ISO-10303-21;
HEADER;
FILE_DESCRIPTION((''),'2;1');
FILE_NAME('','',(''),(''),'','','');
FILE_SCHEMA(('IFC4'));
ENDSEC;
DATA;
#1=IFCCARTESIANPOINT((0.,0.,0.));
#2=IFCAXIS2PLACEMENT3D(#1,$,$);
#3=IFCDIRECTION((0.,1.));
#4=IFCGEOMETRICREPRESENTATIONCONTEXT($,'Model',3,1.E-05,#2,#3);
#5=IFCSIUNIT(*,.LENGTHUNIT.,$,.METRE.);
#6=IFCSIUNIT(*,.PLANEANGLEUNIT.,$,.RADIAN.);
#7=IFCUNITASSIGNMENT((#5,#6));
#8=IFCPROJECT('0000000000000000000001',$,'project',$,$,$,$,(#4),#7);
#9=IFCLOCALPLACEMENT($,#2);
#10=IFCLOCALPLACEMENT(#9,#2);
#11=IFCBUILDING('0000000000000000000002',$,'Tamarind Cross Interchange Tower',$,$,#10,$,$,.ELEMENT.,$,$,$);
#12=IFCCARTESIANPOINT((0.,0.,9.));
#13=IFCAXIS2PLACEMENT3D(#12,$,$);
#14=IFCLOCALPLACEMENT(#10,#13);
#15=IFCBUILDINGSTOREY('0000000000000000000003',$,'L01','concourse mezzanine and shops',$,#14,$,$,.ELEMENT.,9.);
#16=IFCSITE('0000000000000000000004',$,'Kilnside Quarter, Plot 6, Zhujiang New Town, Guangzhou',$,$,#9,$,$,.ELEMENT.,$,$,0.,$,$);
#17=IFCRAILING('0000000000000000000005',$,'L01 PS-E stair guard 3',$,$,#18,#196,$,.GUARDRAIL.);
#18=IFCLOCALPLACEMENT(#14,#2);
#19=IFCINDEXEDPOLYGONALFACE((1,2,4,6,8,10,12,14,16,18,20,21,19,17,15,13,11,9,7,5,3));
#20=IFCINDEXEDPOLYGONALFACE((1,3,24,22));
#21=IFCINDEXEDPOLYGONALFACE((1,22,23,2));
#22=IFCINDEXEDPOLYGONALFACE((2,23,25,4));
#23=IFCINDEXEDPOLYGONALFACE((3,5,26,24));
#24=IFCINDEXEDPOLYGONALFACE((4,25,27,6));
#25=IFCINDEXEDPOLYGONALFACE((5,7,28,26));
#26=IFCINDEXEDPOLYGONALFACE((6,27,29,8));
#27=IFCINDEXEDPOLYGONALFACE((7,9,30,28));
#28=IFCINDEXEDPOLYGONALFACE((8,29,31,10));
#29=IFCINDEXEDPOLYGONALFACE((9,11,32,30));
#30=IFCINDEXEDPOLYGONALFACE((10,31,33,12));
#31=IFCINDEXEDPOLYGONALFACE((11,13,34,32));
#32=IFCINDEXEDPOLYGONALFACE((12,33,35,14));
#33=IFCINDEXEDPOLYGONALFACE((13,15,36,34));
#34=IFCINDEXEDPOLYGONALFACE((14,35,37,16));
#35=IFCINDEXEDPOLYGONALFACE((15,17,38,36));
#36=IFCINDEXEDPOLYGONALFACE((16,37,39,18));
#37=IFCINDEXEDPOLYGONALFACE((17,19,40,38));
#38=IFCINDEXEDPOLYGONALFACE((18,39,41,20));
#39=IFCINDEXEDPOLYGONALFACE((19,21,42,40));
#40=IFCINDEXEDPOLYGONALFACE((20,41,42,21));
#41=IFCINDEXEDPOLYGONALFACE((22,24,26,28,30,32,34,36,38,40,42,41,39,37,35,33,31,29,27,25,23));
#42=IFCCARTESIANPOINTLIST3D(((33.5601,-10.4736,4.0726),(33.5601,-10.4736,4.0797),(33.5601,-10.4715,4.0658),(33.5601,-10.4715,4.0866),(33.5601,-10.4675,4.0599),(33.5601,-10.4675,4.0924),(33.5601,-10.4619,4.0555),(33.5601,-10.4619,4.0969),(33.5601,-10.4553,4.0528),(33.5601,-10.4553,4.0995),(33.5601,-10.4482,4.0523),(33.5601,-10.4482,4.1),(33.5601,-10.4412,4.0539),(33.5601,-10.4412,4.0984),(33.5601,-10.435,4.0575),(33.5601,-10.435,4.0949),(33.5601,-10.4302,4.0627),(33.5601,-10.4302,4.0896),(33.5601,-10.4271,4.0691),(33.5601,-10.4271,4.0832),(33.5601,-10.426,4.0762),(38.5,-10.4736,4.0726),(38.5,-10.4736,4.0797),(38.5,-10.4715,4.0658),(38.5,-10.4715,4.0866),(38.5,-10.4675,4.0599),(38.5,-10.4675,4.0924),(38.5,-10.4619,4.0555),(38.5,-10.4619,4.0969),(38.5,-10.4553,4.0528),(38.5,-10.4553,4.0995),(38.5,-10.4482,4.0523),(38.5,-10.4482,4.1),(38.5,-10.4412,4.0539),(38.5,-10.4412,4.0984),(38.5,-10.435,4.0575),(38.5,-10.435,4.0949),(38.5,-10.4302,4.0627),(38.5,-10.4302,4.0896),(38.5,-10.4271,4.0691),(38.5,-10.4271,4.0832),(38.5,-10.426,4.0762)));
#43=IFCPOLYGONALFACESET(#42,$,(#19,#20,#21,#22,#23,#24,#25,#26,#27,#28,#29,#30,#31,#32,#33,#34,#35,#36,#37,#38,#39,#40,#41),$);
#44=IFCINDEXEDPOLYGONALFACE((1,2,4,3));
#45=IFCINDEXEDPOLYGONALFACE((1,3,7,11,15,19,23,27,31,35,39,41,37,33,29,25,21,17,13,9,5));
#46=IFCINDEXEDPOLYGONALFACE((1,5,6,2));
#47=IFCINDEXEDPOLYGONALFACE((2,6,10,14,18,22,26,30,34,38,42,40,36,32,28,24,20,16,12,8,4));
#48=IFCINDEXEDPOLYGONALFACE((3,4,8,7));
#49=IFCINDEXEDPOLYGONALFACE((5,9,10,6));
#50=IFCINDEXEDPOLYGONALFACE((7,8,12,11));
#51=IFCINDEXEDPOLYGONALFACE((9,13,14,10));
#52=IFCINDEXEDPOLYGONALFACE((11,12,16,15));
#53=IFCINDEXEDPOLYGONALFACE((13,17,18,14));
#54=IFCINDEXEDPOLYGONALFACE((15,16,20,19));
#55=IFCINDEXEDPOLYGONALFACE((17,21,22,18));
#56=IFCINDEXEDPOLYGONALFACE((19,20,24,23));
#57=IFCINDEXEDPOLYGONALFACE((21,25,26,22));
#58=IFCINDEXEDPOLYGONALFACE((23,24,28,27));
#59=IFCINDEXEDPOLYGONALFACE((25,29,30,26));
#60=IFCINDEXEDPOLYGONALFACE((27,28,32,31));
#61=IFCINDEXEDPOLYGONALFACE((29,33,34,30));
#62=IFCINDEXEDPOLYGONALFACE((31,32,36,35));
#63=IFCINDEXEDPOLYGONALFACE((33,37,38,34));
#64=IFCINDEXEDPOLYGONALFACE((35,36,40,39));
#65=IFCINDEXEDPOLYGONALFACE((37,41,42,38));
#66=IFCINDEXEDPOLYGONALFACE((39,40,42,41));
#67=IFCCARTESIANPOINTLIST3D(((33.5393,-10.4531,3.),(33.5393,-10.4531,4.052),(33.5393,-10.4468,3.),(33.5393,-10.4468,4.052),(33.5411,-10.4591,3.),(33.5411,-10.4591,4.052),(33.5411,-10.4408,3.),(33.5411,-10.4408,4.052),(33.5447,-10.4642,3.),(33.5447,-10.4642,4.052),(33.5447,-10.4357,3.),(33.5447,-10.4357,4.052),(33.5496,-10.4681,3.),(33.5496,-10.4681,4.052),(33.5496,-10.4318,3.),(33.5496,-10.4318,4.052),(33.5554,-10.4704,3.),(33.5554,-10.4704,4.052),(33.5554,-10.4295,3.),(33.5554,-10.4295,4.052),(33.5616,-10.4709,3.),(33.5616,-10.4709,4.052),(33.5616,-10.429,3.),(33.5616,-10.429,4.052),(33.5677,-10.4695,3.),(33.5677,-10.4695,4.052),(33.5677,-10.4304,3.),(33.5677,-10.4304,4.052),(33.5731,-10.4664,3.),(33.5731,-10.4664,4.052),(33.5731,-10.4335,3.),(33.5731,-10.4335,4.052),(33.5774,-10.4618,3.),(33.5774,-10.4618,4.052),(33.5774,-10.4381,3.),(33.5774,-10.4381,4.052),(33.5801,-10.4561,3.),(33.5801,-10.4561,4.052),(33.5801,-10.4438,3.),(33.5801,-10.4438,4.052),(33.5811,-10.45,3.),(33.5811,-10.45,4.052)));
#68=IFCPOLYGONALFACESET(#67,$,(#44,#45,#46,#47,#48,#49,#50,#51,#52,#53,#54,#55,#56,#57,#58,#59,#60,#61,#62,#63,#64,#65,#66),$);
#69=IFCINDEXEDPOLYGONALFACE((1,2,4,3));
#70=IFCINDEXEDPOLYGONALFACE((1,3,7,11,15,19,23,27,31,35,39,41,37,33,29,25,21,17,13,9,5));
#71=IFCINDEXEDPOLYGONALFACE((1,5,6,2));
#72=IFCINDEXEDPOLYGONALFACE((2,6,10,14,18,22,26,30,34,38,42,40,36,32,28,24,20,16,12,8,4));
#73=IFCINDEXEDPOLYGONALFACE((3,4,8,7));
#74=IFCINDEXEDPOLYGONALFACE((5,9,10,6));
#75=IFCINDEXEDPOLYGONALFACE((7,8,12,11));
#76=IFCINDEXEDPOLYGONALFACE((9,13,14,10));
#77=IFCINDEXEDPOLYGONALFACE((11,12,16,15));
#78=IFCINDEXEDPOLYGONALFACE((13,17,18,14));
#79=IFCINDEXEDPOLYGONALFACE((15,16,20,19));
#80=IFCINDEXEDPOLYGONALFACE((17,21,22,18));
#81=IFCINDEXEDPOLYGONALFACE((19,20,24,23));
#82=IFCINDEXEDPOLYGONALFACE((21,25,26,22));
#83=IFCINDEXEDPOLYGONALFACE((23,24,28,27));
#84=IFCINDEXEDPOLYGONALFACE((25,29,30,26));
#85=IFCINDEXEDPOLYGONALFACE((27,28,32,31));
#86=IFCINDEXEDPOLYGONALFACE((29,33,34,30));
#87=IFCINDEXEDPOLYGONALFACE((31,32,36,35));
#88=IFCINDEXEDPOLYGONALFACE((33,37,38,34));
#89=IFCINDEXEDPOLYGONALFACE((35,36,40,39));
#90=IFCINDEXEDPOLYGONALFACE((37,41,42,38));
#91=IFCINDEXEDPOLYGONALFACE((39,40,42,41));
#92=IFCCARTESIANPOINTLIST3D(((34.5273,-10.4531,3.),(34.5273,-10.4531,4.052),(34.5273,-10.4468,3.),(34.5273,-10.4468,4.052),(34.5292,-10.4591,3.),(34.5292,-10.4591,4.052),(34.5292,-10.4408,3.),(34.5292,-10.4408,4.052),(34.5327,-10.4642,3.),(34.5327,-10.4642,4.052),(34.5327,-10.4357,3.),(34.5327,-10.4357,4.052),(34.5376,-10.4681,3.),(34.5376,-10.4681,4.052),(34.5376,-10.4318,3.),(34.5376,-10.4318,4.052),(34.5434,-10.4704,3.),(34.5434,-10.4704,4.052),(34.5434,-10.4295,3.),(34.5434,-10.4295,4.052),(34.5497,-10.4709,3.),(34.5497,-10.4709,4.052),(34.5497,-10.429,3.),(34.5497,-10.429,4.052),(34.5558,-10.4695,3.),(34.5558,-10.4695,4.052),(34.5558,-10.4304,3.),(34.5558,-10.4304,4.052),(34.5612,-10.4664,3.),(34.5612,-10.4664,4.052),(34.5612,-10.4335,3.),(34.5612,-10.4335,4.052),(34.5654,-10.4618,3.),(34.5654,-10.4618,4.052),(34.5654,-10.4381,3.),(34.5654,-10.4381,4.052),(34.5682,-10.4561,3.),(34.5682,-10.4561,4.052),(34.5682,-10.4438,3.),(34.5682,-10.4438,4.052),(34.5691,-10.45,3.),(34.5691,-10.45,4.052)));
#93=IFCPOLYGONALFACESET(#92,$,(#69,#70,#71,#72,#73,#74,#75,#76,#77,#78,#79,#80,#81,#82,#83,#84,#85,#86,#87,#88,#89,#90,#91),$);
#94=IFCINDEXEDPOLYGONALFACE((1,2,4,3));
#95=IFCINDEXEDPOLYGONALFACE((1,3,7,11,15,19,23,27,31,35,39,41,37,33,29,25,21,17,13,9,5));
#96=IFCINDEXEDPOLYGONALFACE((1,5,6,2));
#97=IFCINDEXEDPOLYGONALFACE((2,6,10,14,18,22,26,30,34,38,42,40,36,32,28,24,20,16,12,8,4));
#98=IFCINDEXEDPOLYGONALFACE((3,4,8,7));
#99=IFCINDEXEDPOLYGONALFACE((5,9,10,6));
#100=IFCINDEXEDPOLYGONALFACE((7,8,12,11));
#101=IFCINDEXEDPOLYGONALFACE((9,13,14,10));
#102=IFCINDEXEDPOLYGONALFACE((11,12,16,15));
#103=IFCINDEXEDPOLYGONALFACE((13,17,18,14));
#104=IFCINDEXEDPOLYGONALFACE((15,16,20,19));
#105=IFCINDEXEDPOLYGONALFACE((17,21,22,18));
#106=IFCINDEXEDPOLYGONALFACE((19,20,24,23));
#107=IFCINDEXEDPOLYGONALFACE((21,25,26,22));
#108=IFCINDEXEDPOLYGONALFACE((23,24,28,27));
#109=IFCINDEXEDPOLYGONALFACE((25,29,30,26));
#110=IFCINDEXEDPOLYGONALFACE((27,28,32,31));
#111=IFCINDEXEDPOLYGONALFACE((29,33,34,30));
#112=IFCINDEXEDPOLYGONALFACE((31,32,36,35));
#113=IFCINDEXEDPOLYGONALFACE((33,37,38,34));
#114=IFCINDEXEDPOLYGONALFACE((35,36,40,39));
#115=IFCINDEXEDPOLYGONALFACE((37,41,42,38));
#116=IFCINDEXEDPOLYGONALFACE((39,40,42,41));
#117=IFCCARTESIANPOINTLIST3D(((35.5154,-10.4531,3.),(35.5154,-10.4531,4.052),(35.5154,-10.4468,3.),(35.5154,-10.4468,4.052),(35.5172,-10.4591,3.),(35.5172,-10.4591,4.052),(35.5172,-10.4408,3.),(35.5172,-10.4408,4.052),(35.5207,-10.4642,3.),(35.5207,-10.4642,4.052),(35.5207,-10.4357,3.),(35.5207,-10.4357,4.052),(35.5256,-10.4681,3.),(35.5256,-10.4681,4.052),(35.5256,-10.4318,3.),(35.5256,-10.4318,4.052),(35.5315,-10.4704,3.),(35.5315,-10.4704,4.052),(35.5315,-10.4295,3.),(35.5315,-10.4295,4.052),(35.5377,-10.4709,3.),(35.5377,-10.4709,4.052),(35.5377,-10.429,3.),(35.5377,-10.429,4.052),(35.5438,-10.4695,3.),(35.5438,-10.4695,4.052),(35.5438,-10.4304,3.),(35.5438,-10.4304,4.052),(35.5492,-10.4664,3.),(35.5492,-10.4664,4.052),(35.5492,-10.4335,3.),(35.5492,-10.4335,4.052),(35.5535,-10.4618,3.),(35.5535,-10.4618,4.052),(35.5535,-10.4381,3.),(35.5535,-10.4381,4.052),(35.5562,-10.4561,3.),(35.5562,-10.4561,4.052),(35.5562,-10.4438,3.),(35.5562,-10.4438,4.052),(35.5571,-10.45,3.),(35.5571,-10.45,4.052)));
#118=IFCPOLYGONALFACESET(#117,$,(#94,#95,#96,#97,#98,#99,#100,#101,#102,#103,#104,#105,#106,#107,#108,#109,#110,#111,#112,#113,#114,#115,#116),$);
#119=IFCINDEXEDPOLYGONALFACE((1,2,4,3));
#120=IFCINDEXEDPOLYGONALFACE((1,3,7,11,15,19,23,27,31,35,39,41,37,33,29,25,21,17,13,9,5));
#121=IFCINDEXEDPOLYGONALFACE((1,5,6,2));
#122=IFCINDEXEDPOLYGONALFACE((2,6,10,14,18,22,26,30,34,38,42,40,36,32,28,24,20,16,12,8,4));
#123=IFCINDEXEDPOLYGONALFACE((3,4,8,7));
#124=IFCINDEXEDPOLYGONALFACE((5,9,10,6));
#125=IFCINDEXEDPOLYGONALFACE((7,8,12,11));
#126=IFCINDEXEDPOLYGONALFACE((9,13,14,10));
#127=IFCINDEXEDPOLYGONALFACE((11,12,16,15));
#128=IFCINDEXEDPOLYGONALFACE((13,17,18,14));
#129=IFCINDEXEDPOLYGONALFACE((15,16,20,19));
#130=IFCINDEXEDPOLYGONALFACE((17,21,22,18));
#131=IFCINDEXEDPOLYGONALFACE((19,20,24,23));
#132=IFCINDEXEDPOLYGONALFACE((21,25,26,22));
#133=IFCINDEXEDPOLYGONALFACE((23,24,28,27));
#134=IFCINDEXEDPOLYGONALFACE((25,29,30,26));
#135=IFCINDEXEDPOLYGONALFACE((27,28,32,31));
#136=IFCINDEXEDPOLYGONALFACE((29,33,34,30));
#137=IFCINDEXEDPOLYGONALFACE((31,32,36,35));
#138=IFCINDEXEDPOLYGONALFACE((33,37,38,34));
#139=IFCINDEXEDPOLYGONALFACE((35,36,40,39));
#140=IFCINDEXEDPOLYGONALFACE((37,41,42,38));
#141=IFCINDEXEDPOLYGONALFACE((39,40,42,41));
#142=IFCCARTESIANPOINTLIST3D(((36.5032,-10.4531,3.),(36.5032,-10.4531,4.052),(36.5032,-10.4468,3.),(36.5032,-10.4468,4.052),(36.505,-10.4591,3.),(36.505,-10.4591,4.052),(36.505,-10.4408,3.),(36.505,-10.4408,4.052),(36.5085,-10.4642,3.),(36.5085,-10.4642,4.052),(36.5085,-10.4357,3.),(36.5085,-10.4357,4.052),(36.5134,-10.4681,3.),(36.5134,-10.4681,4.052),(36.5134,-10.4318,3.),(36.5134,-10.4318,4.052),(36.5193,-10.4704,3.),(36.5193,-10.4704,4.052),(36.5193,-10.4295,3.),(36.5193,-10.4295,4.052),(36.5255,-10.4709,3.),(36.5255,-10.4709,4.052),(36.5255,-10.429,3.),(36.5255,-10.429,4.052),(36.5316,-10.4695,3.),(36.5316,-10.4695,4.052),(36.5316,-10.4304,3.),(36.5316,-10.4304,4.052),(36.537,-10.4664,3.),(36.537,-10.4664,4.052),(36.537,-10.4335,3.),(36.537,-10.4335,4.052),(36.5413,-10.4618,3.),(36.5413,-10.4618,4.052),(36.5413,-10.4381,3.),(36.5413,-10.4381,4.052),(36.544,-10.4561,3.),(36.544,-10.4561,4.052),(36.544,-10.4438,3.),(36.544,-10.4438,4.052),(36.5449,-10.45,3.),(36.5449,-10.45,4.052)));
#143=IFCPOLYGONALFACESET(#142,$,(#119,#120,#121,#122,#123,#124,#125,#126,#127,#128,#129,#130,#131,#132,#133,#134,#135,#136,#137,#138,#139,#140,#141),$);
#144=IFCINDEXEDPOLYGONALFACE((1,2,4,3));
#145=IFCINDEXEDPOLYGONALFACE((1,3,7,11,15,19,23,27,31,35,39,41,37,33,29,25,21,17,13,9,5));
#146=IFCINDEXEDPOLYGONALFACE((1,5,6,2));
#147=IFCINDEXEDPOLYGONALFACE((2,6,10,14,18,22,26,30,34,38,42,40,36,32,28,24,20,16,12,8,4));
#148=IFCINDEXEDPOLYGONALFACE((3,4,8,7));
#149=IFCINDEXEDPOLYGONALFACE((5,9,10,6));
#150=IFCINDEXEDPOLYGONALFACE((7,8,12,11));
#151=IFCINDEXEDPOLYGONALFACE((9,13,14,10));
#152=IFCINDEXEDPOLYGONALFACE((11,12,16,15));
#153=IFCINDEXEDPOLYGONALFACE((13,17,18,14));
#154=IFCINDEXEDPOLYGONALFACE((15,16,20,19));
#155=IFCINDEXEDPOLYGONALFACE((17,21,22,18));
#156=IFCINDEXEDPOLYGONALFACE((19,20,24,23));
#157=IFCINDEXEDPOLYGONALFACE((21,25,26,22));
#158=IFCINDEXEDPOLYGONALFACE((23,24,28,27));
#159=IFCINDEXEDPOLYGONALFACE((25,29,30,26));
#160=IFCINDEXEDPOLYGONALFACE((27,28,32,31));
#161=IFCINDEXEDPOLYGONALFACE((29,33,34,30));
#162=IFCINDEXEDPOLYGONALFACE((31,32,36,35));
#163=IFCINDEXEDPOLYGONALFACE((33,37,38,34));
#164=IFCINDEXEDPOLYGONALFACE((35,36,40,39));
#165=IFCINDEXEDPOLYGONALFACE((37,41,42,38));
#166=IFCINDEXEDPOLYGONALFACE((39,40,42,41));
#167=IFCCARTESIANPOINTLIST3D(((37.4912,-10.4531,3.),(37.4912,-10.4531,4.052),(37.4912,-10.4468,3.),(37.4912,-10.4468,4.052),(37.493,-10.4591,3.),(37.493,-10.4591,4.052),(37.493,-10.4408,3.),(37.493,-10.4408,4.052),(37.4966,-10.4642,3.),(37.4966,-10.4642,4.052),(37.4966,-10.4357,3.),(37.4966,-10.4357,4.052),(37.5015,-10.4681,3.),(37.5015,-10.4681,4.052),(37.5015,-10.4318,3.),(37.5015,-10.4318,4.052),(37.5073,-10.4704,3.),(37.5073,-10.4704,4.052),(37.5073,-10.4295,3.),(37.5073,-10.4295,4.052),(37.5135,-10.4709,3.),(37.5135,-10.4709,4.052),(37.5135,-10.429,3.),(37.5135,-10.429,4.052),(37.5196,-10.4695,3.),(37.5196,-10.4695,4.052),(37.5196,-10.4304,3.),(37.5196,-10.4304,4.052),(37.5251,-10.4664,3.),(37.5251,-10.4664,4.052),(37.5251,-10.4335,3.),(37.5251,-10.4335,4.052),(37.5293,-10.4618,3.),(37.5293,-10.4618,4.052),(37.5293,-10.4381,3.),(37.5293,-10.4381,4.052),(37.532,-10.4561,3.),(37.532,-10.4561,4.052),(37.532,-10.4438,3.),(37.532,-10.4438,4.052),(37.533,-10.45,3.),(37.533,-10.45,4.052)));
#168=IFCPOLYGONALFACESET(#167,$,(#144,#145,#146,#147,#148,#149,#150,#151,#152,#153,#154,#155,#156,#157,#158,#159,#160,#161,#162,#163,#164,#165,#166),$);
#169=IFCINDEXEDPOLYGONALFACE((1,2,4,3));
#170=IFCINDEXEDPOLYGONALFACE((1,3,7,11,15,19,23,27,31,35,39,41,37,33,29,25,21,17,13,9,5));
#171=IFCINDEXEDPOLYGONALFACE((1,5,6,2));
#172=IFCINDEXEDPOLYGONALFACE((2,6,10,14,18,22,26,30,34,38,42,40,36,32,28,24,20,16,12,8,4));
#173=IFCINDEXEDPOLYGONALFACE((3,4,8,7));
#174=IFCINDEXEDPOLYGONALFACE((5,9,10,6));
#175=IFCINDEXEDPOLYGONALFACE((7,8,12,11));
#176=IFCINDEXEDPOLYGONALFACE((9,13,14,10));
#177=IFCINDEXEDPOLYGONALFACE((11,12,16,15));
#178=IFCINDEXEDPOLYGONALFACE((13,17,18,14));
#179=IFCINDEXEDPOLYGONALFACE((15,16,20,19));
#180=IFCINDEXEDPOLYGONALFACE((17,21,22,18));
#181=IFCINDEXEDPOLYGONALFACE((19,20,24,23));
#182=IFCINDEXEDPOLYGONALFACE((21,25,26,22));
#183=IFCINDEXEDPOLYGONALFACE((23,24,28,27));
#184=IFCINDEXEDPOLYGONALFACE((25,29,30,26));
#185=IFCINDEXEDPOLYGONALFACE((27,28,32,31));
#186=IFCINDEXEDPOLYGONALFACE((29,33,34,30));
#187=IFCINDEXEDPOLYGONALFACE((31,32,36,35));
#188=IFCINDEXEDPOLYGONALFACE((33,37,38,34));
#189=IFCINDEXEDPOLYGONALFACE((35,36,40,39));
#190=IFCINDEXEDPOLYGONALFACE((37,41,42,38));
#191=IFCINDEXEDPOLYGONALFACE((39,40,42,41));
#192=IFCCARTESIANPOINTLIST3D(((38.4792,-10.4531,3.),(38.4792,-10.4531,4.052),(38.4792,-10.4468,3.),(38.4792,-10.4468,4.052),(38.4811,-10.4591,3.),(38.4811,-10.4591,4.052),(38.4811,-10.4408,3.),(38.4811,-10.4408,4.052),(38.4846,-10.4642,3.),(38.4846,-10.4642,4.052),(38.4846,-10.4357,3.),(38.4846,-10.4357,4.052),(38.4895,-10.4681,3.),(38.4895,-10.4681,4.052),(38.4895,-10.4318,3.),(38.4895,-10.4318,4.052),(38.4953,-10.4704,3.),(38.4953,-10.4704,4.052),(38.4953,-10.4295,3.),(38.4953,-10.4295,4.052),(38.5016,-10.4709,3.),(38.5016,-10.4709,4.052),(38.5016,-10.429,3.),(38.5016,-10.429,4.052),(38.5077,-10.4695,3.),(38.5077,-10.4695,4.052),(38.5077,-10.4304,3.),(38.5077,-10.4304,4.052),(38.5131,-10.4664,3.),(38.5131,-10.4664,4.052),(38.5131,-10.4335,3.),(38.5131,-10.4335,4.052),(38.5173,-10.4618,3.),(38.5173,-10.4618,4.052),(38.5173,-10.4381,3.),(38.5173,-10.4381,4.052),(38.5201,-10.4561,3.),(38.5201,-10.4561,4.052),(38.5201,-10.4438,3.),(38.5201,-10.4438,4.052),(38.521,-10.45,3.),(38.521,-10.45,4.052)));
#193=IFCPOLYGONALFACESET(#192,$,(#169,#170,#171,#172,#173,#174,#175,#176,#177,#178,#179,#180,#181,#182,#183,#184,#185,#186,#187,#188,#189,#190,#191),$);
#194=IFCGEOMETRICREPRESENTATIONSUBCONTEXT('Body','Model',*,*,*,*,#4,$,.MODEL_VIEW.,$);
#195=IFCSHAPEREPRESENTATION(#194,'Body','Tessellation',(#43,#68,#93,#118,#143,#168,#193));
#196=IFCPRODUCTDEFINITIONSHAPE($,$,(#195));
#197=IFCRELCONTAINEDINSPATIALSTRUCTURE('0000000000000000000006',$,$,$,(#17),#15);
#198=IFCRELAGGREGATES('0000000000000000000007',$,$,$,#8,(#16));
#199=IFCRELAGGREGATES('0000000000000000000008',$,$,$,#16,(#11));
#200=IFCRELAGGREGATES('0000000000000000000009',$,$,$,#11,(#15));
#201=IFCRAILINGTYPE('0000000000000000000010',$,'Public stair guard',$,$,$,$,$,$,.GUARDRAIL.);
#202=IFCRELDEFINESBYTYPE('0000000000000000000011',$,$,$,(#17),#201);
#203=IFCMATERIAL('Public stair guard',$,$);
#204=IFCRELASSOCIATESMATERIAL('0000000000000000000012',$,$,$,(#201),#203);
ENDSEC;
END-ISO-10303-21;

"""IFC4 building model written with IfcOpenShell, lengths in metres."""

from ifc_helpers import new_model, si_unit, direction, frame, origin, origin_2d, place, context, subcontext, project, spatial, circle, extrude, material, type_object, element, save


model = new_model("IFC4")

# Units and contexts
model_context = context("Model", 3, precision=1e-05, world=origin(), true_north=direction((0.0, 1.0)))
body_context = subcontext(model_context, "Body", "Model", "MODEL_VIEW")
ifc_project = project(units=[si_unit("LENGTHUNIT", "METRE"), si_unit("PLANEANGLEUNIT", "RADIAN")], contexts=[model_context])

# Site, building, storey
site_placement = place(None, origin())
site = spatial("IfcSite", under=ifc_project, at=site_placement, Name="Kilnside Quarter, Plot 6, Zhujiang New Town, Guangzhou", CompositionType="ELEMENT", RefElevation=0.0)
building_placement = place(site_placement, origin())
building = spatial("IfcBuilding", under=site, at=building_placement, Name="Tamarind Cross Interchange Tower", CompositionType="ELEMENT")
storey_placement = place(building_placement, frame((0.0, 0.0, 9.0)))
storey = spatial("IfcBuildingStorey", under=building, at=storey_placement, Name="L01", Description="concourse mezzanine and shops", CompositionType="ELEMENT", Elevation=9.0)

# Railing
ifc_material_1 = material(Name="Public stair guard")
railing_type_1 = type_object("IfcRailingType", Name="Public stair guard", PredefinedType="GUARDRAIL", material=ifc_material_1)
for number, where, name in (
    (1, (33.5601, -10.45, 3.0), "L01 PS-E stair guard 3"),
):
    element("IfcRailing", number, at=place(storey_placement, frame(where)), inside=storey, type_object=railing_type_1, Name=name, PredefinedType="GUARDRAIL", context=body_context, shape_type="SweptSolid", body=[
        extrude(circle(Radius=0.0239, at=origin_2d()), frame((0.0, 0.0, 1.0762), z_axis=(1.0, 0.0, 0.0), x_axis=(0.0, 1.0, 0.0)), (0.0, 0.0, 1.0), 4.9399),
        extrude(circle(Radius=0.021, at=origin_2d()), origin(), (0.0, 0.0, 1.0), 1.052),
        extrude(circle(Radius=0.021, at=origin_2d()), frame((0.988, 0.0, 0.0)), (0.0, 0.0, 1.0), 1.052),
        extrude(circle(Radius=0.021, at=origin_2d()), frame((1.9761, 0.0, 0.0)), (0.0, 0.0, 1.0), 1.052),
        extrude(circle(Radius=0.021, at=origin_2d()), frame((2.9639, 0.0, 0.0)), (0.0, 0.0, 1.0), 1.052),
        extrude(circle(Radius=0.021, at=origin_2d()), frame((3.9519, 0.0, 0.0)), (0.0, 0.0, 1.0), 1.052),
        extrude(circle(Radius=0.021, at=origin_2d()), frame((4.9399, 0.0, 0.0)), (0.0, 0.0, 1.0), 1.052),
    ])

save(model, "model.ifc")
